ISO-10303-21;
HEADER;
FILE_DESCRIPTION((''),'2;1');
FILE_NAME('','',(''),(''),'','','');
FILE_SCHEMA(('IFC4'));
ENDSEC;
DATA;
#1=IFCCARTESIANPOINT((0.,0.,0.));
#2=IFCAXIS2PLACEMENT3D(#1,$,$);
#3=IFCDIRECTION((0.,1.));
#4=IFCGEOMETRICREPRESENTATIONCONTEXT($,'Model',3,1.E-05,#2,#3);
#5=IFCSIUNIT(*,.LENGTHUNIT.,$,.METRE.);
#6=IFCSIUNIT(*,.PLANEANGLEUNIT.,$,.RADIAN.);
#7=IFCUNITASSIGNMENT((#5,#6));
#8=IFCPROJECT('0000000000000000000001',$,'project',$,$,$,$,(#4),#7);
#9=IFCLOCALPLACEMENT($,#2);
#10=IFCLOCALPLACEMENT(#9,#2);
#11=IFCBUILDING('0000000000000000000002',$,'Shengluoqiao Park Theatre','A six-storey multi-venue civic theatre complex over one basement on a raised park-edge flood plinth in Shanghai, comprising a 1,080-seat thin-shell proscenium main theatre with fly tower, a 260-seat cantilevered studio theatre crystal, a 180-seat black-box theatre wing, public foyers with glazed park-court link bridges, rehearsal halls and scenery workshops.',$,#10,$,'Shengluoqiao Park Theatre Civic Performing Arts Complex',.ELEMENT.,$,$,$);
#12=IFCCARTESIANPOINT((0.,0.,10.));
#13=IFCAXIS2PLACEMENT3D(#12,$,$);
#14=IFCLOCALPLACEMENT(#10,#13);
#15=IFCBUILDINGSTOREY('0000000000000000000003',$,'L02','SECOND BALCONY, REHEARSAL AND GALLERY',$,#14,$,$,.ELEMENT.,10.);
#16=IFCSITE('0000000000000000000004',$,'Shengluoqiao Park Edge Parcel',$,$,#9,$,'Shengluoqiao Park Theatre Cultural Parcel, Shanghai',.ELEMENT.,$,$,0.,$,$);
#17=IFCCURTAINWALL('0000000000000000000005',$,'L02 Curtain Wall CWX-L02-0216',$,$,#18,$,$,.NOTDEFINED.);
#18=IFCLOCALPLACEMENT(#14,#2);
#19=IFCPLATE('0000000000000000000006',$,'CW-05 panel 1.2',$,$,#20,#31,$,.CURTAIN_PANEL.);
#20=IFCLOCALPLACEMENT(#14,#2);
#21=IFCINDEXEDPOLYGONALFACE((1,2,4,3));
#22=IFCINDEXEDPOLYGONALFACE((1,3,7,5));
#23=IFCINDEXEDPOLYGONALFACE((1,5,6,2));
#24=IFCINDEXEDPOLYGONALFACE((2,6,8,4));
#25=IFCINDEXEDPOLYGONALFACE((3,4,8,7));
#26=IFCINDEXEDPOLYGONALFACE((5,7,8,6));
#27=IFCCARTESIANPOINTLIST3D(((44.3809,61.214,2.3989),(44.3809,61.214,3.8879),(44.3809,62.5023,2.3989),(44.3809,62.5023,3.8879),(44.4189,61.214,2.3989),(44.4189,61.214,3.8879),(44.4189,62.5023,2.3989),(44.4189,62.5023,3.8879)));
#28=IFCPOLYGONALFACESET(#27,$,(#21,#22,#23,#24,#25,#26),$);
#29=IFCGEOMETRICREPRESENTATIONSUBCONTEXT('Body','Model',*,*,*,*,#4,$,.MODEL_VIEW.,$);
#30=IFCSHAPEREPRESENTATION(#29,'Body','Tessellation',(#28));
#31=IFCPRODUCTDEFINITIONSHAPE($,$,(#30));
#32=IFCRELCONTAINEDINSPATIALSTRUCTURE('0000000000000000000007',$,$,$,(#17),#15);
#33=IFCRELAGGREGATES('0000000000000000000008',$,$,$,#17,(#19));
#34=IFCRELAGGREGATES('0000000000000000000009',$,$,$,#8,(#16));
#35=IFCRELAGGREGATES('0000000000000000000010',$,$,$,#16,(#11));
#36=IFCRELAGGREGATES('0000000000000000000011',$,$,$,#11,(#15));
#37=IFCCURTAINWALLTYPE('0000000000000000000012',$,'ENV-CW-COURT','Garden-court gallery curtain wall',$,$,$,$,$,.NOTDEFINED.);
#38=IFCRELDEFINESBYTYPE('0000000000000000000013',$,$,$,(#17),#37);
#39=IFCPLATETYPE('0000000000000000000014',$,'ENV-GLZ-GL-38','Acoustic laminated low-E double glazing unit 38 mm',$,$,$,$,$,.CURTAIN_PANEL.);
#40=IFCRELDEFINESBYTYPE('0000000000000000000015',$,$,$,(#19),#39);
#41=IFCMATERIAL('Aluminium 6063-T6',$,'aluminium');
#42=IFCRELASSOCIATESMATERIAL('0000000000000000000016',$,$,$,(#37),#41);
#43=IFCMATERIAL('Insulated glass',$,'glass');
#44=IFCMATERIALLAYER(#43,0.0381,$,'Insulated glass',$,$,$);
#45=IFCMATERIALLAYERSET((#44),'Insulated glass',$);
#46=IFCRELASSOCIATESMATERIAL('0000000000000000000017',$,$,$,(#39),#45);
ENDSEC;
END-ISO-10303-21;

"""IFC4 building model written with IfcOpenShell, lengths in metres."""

from ifc_helpers import new_model, si_unit, direction, frame, origin, origin_2d, place, context, subcontext, project, spatial, rectangle, extrude, material, layer, layer_set, type_object, element, aggregate, save


model = new_model("IFC4")

# Units and contexts
model_context = context("Model", 3, precision=1e-05, world=origin(), true_north=direction((0.0, 1.0)))
body_context = subcontext(model_context, "Body", "Model", "MODEL_VIEW")
ifc_project = project(units=[si_unit("LENGTHUNIT", "METRE"), si_unit("PLANEANGLEUNIT", "RADIAN")], contexts=[model_context])

# Site, building, storey
site_placement = place(None, origin())
site = spatial("IfcSite", under=ifc_project, at=site_placement, Name="Shengluoqiao Park Edge Parcel", LongName="Shengluoqiao Park Theatre Cultural Parcel, Shanghai", CompositionType="ELEMENT", RefElevation=0.0)
building_placement = place(site_placement, origin())
building = spatial("IfcBuilding", under=site, at=building_placement, Name="Shengluoqiao Park Theatre", Description="A six-storey multi-venue civic theatre complex over one basement on a raised park-edge flood plinth in Shanghai, comprising a 1,080-seat thin-shell proscenium main theatre with fly tower, a 260-seat cantilevered studio theatre crystal, a 180-seat black-box theatre wing, public foyers with glazed park-court link bridges, rehearsal halls and scenery workshops.", LongName="Shengluoqiao Park Theatre Civic Performing Arts Complex", CompositionType="ELEMENT")
storey_placement = place(building_placement, frame((0.0, 0.0, 10.0)))
storey = spatial("IfcBuildingStorey", under=building, at=storey_placement, Name="L02", Description="SECOND BALCONY, REHEARSAL AND GALLERY", CompositionType="ELEMENT", Elevation=10.0)

# Curtain wall
ifc_material_1 = material(Name="Aluminium 6063-T6", Category="aluminium")
curtain_wall_type = type_object("IfcCurtainWallType", Name="ENV-CW-COURT", Description="Garden-court gallery curtain wall", PredefinedType="NOTDEFINED", material=ifc_material_1)
curtain_wall_1_placement = place(storey_placement, origin())
curtain_wall_1 = element("IfcCurtainWall", 1, at=curtain_wall_1_placement, inside=storey, type_object=curtain_wall_type, Name="L02 Curtain Wall CWX-L02-0216", PredefinedType="NOTDEFINED")

# Plate
ifc_material_2 = material(Name="Insulated glass", Category="glass")
ifc_layer = layer(ifc_material_2, 0.0381, Name="Insulated glass")
ifc_layer_set = layer_set([ifc_layer], Name="Insulated glass")
plate_type = type_object("IfcPlateType", Name="ENV-GLZ-GL-38", Description="Acoustic laminated low-E double glazing unit 38 mm", PredefinedType="CURTAIN_PANEL", material=ifc_layer_set)
plate_1_placement = place(storey_placement, frame((44.3999, 61.8582, 2.3989), z_axis=(0.0, 0.0, 1.0), x_axis=(0.0, 1.0, 0.0)))
plate_1 = element("IfcPlate", 2, at=plate_1_placement, type_object=plate_type, Name="CW-05 panel 1.2", PredefinedType="CURTAIN_PANEL", context=body_context, shape_type="SweptSolid", body=[
    extrude(rectangle(XDim=1.2883, YDim=0.0381, at=origin_2d()), origin(), (0.0, 0.0, 1.0), 1.489),
])
aggregate(curtain_wall_1, [plate_1])

save(model, "model.ifc")
